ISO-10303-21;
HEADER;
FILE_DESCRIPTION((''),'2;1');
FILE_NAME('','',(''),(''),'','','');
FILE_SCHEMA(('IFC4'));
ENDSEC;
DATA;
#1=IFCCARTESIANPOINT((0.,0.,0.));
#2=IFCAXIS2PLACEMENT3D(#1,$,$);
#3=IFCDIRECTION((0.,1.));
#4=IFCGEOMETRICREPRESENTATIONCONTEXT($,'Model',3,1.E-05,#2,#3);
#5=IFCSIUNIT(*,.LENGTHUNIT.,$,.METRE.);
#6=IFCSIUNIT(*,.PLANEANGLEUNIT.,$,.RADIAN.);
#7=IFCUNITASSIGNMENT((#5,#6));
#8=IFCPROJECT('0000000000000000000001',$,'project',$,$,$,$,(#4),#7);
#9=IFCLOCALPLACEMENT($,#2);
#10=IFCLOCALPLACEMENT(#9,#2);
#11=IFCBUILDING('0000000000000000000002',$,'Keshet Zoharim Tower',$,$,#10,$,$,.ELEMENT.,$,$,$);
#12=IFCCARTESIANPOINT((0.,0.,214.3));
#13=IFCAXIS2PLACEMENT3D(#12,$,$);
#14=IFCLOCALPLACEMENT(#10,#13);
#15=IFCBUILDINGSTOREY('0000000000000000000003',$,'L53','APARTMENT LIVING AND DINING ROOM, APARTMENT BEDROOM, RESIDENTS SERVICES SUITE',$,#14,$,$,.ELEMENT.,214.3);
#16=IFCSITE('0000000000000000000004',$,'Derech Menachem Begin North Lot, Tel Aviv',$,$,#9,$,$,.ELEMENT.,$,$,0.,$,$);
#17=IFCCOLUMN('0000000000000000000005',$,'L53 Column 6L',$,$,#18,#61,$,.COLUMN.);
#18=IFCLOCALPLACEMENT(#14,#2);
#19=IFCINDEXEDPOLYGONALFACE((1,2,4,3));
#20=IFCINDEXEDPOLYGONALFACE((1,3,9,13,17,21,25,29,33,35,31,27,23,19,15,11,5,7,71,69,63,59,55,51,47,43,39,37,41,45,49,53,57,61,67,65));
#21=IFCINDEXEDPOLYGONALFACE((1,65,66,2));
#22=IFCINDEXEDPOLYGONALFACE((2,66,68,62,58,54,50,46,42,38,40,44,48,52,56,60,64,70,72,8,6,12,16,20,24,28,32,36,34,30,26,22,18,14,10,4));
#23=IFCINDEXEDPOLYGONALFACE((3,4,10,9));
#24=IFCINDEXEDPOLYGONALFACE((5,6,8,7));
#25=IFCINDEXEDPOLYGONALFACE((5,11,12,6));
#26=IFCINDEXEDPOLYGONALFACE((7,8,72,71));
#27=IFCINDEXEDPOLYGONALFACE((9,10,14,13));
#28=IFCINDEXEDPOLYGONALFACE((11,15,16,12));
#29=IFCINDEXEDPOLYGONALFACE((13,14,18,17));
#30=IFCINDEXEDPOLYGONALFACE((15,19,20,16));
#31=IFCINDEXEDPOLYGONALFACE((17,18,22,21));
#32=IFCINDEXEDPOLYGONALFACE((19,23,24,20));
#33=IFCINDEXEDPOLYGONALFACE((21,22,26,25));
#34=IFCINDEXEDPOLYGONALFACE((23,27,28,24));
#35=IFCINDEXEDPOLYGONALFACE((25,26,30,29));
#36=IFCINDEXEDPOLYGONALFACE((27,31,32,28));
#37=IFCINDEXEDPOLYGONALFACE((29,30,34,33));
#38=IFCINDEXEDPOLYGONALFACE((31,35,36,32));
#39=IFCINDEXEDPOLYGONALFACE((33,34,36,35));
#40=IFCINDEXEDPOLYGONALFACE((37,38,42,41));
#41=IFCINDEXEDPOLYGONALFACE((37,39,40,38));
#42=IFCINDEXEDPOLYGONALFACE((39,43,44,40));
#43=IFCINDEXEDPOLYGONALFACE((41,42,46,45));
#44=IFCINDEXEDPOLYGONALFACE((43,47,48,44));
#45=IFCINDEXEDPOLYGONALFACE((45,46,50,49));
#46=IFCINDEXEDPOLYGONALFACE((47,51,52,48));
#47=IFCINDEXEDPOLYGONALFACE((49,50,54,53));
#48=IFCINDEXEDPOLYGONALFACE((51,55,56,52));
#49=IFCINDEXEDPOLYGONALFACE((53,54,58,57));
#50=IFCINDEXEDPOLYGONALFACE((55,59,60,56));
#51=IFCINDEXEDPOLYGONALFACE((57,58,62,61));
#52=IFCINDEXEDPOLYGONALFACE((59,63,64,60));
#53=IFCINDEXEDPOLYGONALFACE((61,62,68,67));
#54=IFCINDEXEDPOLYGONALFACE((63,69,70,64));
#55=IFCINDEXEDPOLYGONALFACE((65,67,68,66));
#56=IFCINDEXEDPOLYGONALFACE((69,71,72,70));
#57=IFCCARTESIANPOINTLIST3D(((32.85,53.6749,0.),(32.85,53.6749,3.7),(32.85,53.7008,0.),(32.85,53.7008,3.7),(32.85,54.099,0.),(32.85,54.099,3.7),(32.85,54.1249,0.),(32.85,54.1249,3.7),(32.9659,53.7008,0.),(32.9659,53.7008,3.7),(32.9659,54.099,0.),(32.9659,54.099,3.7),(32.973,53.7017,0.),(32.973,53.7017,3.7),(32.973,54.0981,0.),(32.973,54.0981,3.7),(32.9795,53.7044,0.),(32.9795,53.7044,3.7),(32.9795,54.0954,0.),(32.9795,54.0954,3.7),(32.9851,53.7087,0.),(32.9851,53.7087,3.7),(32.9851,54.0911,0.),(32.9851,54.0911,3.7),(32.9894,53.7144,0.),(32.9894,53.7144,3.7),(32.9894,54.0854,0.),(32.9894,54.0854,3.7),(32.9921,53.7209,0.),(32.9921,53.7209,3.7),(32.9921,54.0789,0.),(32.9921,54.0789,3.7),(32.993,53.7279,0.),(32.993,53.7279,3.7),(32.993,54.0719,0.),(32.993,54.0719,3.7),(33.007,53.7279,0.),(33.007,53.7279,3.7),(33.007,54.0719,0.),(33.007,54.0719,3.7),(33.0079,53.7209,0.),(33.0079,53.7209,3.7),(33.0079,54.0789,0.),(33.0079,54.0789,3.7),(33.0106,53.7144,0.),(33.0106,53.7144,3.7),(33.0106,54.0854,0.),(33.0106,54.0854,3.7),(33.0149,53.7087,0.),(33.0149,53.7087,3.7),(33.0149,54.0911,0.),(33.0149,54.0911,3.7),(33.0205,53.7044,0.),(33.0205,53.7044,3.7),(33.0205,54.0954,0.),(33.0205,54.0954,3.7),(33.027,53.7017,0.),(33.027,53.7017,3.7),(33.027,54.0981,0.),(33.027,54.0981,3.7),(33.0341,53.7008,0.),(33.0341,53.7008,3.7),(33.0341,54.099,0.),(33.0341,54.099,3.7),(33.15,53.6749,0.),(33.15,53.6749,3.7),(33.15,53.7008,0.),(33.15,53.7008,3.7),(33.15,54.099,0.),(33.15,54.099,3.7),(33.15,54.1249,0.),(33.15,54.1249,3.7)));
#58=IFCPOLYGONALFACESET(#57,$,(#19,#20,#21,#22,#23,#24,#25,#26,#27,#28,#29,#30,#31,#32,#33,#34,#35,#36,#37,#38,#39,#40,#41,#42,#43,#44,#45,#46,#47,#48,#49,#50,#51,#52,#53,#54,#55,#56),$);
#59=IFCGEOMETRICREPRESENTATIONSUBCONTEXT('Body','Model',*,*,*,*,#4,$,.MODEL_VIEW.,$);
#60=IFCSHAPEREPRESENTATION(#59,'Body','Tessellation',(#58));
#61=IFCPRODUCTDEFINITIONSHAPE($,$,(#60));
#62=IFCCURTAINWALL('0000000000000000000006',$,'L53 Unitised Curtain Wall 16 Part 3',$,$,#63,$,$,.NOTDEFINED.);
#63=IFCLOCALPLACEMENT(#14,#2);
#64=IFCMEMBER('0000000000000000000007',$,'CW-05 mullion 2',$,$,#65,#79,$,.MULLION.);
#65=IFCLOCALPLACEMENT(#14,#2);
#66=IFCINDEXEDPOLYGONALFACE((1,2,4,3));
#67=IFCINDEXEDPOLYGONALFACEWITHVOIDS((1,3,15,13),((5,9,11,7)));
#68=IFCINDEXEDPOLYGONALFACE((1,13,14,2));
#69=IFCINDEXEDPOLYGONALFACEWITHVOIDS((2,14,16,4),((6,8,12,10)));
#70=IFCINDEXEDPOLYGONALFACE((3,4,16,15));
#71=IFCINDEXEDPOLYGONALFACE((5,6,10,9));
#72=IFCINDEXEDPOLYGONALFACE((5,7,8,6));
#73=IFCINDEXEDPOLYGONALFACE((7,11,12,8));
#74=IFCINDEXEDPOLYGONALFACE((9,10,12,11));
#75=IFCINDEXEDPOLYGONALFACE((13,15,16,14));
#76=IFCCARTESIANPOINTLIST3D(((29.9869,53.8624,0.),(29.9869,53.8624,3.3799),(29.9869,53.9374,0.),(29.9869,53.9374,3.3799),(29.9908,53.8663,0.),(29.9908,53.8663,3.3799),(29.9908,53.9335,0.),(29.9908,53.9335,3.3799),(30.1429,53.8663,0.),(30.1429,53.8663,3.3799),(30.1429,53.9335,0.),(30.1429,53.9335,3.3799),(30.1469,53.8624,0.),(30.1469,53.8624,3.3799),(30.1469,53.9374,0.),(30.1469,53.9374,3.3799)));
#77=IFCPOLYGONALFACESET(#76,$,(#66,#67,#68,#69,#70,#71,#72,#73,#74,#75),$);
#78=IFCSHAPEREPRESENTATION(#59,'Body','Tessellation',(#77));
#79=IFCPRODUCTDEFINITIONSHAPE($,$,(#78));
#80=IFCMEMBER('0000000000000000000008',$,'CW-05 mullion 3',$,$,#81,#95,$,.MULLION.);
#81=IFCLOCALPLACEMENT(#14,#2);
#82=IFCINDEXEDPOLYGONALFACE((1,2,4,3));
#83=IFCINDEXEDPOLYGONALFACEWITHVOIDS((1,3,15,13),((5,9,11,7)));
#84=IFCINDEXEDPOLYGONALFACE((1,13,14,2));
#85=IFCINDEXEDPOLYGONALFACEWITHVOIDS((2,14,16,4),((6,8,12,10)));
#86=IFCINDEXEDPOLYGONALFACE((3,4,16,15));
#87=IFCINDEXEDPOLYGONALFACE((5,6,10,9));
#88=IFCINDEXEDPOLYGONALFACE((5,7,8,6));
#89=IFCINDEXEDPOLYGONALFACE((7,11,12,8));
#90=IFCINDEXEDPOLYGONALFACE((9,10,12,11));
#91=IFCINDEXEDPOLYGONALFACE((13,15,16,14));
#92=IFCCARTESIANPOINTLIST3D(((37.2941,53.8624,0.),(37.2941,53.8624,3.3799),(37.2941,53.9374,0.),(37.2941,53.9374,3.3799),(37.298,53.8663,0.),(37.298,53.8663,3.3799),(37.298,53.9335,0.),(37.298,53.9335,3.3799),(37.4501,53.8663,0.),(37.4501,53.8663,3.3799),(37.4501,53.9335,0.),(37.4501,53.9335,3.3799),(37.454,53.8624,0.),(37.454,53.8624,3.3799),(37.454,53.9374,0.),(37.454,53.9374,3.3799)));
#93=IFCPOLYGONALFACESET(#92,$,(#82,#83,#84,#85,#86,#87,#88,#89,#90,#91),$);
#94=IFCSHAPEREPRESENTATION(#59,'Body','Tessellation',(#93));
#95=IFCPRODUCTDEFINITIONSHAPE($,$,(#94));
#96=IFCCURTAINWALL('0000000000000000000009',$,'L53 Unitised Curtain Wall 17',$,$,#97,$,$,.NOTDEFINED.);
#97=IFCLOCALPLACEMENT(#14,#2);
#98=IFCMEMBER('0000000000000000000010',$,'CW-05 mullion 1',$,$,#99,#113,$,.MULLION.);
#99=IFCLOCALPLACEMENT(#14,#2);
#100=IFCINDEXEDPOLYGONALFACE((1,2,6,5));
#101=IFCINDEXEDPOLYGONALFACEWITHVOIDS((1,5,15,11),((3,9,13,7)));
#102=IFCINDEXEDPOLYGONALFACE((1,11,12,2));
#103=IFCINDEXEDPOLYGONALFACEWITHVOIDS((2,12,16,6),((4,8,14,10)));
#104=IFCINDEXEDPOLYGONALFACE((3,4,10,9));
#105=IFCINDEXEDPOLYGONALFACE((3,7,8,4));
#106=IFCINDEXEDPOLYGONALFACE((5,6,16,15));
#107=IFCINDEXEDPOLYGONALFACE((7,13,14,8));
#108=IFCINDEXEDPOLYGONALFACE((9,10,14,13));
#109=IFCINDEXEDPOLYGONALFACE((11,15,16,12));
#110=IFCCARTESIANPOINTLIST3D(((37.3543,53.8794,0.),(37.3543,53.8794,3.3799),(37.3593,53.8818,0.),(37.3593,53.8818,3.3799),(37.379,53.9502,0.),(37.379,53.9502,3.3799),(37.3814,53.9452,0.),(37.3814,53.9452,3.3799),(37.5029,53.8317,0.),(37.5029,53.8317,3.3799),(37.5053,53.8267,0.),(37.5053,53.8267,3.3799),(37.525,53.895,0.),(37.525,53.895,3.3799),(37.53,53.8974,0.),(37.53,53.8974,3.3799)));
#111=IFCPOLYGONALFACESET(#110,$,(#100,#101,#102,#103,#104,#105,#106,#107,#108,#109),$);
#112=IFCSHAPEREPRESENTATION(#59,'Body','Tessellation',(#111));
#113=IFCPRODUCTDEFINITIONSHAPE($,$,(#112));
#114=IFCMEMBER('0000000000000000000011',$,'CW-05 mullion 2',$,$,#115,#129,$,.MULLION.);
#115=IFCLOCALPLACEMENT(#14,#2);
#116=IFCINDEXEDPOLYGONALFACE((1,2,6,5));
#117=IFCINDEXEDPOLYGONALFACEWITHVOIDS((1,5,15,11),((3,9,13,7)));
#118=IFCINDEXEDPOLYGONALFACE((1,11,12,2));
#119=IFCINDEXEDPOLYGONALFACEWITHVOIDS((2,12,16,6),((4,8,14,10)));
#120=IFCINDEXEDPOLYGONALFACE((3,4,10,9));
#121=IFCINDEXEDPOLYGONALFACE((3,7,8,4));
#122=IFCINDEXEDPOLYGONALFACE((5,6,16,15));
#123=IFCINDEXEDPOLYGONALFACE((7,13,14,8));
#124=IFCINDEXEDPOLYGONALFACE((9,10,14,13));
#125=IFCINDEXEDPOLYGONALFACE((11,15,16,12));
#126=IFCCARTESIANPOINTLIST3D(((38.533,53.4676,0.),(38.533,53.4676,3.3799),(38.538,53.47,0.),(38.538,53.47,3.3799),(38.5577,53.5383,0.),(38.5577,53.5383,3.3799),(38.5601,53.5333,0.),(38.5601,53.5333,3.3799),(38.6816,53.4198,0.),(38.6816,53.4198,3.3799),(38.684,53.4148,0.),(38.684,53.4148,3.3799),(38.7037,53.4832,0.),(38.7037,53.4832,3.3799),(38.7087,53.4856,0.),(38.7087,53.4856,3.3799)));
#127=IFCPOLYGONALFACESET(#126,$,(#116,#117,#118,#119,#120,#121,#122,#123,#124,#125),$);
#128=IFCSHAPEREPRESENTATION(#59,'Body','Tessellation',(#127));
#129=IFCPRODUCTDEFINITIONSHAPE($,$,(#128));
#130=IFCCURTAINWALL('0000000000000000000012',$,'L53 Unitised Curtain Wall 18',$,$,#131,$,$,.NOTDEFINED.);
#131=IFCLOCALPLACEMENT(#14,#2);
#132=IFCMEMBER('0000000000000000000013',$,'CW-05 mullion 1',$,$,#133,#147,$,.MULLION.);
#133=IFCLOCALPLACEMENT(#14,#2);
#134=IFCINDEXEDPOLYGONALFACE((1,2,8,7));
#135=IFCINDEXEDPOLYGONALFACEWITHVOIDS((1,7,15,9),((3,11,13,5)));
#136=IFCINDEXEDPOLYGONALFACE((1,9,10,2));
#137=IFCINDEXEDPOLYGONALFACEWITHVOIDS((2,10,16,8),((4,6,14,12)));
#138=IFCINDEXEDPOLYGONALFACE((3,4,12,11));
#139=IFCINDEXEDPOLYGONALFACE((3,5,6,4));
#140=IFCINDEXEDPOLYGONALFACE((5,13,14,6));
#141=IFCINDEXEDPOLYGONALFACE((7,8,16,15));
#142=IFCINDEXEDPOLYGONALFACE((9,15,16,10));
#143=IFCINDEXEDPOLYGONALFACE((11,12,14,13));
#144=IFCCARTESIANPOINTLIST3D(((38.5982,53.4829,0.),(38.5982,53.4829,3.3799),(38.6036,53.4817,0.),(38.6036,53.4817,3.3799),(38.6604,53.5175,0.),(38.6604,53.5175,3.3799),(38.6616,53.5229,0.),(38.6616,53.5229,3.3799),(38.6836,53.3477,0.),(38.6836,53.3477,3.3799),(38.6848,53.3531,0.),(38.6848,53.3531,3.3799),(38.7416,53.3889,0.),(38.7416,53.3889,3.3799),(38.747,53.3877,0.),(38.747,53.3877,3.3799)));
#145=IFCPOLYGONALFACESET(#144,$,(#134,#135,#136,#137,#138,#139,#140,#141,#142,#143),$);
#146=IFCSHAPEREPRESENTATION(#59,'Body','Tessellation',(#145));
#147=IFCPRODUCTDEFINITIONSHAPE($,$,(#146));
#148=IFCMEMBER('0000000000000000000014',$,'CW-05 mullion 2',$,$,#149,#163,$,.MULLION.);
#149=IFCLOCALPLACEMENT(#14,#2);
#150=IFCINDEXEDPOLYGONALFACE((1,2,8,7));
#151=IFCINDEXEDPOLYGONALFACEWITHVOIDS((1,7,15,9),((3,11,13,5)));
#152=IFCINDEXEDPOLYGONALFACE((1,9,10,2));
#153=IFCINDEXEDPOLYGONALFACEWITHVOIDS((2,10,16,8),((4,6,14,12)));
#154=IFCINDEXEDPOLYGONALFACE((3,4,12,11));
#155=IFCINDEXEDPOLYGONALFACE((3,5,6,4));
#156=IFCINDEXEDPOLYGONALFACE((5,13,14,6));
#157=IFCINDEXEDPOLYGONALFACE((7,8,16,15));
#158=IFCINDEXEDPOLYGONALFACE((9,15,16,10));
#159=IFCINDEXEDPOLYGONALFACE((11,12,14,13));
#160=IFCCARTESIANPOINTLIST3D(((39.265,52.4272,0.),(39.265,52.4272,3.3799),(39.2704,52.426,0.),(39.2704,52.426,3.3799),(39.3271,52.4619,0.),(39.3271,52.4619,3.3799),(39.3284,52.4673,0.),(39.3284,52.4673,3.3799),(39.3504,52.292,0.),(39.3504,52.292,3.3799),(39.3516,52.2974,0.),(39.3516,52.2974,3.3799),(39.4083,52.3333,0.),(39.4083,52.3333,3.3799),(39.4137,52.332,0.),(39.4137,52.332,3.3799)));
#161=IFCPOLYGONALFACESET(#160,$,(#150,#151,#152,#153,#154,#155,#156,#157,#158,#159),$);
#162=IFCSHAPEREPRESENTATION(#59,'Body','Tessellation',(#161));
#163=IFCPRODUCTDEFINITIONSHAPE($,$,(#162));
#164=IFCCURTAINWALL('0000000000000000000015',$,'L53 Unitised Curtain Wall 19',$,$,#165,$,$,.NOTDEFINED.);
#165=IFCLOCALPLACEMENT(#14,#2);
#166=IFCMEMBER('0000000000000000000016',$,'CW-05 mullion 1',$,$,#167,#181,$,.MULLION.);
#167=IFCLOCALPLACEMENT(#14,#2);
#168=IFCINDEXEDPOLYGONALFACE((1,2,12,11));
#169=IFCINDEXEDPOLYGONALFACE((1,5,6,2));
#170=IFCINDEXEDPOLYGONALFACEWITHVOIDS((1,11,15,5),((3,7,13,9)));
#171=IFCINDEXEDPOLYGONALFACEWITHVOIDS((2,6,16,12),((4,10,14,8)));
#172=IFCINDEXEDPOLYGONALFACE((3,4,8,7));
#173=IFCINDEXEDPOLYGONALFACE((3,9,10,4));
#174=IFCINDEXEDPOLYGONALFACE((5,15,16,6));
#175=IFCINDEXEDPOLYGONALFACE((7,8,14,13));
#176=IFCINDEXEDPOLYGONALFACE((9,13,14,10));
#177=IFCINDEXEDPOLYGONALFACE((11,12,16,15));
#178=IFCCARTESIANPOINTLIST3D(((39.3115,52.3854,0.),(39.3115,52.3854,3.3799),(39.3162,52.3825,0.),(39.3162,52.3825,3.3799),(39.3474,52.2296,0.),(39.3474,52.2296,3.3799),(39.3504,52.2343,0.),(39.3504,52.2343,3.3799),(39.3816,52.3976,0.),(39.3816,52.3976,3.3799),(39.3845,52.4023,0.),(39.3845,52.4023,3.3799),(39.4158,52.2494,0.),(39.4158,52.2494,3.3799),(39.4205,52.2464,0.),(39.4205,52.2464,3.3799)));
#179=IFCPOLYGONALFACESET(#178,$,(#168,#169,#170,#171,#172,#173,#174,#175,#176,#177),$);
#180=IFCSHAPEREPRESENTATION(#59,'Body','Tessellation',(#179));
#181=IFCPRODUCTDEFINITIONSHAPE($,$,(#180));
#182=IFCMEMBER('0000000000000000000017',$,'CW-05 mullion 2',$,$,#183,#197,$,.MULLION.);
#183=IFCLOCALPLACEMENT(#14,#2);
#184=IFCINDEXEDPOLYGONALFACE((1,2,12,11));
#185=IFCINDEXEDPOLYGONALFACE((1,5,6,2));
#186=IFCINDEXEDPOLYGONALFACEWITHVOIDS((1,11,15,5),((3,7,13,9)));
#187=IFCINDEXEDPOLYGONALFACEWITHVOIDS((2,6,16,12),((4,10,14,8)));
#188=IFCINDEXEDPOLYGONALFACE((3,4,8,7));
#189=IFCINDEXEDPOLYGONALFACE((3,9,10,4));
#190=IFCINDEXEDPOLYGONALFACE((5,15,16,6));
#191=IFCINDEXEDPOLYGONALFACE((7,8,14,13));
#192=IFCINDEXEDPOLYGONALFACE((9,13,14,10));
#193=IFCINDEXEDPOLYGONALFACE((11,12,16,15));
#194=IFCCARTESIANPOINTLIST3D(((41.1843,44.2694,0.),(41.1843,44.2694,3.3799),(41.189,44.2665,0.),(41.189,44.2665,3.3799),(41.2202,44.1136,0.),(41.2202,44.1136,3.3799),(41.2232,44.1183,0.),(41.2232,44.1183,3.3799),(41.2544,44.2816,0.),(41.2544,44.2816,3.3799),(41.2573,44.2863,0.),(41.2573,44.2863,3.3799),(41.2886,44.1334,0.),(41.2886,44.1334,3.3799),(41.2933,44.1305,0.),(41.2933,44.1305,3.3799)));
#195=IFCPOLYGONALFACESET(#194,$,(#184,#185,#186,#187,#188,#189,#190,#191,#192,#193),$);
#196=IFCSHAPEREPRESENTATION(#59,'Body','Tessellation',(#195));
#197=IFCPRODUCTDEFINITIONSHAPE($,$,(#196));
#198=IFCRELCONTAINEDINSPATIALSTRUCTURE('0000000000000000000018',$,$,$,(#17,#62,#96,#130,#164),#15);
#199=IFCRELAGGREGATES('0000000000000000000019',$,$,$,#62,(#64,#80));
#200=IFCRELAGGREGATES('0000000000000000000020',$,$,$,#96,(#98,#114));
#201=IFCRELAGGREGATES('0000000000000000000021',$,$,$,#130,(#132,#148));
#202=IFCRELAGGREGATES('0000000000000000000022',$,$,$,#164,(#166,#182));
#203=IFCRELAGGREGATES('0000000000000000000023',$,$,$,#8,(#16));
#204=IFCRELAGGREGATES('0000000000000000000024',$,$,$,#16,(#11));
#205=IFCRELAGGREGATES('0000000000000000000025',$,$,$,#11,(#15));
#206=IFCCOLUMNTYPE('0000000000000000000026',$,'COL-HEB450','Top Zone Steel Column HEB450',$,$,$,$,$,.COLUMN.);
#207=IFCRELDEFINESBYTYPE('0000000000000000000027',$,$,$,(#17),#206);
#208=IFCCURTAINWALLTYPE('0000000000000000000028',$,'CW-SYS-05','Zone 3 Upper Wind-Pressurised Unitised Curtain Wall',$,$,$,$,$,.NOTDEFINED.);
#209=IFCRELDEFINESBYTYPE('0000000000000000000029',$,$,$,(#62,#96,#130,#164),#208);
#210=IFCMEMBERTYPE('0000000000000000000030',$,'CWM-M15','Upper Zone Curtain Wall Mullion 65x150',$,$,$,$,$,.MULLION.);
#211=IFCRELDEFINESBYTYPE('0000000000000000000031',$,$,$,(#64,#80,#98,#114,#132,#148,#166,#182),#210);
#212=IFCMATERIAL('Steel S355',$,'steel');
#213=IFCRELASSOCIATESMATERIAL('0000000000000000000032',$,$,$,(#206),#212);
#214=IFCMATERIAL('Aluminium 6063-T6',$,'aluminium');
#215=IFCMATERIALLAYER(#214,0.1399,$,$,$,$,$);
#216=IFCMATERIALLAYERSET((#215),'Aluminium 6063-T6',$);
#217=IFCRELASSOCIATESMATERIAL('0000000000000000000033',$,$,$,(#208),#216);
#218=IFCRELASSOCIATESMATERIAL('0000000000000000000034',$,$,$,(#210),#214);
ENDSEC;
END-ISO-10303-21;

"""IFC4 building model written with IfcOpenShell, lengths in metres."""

from ifc_helpers import new_model, si_unit, direction, frame, origin, origin_2d, place, context, subcontext, project, spatial, hollow_rectangle, i_section, extrude, material, layer, layer_set, material_profile, profile_set, type_object, element, aggregate, save


model = new_model("IFC4")

# Units and contexts
model_context = context("Model", 3, precision=1e-05, world=origin(), true_north=direction((0.0, 1.0)))
body_context = subcontext(model_context, "Body", "Model", "MODEL_VIEW")
ifc_project = project(units=[si_unit("LENGTHUNIT", "METRE"), si_unit("PLANEANGLEUNIT", "RADIAN")], contexts=[model_context])

# Site, building, storey
site_placement = place(None, origin())
site = spatial("IfcSite", under=ifc_project, at=site_placement, Name="Derech Menachem Begin North Lot, Tel Aviv", CompositionType="ELEMENT", RefElevation=0.0)
building_placement = place(site_placement, origin())
building = spatial("IfcBuilding", under=site, at=building_placement, Name="Keshet Zoharim Tower", CompositionType="ELEMENT")
storey_placement = place(building_placement, frame((0.0, 0.0, 214.3)))
storey = spatial("IfcBuildingStorey", under=building, at=storey_placement, Name="L53", Description="APARTMENT LIVING AND DINING ROOM, APARTMENT BEDROOM, RESIDENTS SERVICES SUITE", CompositionType="ELEMENT", Elevation=214.3)

# Column
ifc_material_1 = material(Name="Steel S355", Category="steel")
ifc_material_profile_1 = material_profile(ifc_material_1, i_section(OverallWidth=0.3, OverallDepth=0.45, WebThickness=0.0139, FlangeThickness=0.0259, FilletRadius=0.0271, at=origin_2d()), Name="HEB450")
ifc_profile_set_1 = profile_set([ifc_material_profile_1], Name="Steel S355")
column_type = type_object("IfcColumnType", Name="COL-HEB450", Description="Top Zone Steel Column HEB450", PredefinedType="COLUMN", material=ifc_profile_set_1)
column_placement = place(storey_placement, frame((33.0, 53.8999, 0.0), z_axis=(0.0, 0.0, 1.0), x_axis=(1.0, 0.0, 0.0)))
element("IfcColumn", 1, at=column_placement, inside=storey, type_object=column_type, Name="L53 Column 6L", PredefinedType="COLUMN", context=body_context, shape_type="SweptSolid", body=[
    extrude(i_section(OverallWidth=0.3, OverallDepth=0.45, WebThickness=0.0139, FlangeThickness=0.0259, FilletRadius=0.0271, at=origin_2d()), origin(), (0.0, 0.0, 1.0), 3.7),
])

# Curtain walls, members
ifc_material_2 = material(Name="Aluminium 6063-T6", Category="aluminium")
ifc_layer_1 = layer(ifc_material_2, 0.1399)
ifc_layer_set_1 = layer_set([ifc_layer_1], Name="Aluminium 6063-T6")
curtain_wall_type = type_object("IfcCurtainWallType", Name="CW-SYS-05", Description="Zone 3 Upper Wind-Pressurised Unitised Curtain Wall", PredefinedType="NOTDEFINED", material=ifc_layer_set_1)
curtain_wall_1_placement = place(storey_placement, origin())
curtain_wall_1 = element("IfcCurtainWall", 2, at=curtain_wall_1_placement, inside=storey, type_object=curtain_wall_type, Name="L53 Unitised Curtain Wall 16 Part 3", PredefinedType="NOTDEFINED")
ifc_material_profile_2 = material_profile(ifc_material_2, hollow_rectangle(XDim=0.075, YDim=0.1599, WallThickness=0.0039, at=origin_2d()), Name="MUL-75x160")
ifc_profile_set_2 = profile_set([ifc_material_profile_2], Name="Aluminium 6063-T6")
member_type_1 = type_object("IfcMemberType", Name="CWM-M15", Description="Upper Zone Curtain Wall Mullion 65x150", PredefinedType="MULLION", material=ifc_profile_set_2)
member_1_placement = place(storey_placement, frame((30.0669, 53.8999, 0.0), z_axis=(0.0, 0.0, 1.0), x_axis=(0.0, 1.0, 0.0)))
member_1 = element("IfcMember", 3, at=member_1_placement, type_object=member_type_1, Name="CW-05 mullion 2", PredefinedType="MULLION", context=body_context, shape_type="SweptSolid", body=[
    extrude(hollow_rectangle(XDim=0.075, YDim=0.1599, WallThickness=0.0039, at=origin_2d()), origin(), (0.0, 0.0, 1.0), 3.3799),
])
member_2_placement = place(storey_placement, frame((37.374, 53.8999, 0.0), z_axis=(0.0, 0.0, 1.0), x_axis=(0.0, 1.0, 0.0)))
member_2 = element("IfcMember", 4, at=member_2_placement, type_object=member_type_1, Name="CW-05 mullion 3", PredefinedType="MULLION", context=body_context, shape_type="SweptSolid", body=[
    extrude(hollow_rectangle(XDim=0.075, YDim=0.1599, WallThickness=0.0039, at=origin_2d()), origin(), (0.0, 0.0, 1.0), 3.3799),
])
curtain_wall_2_placement = place(storey_placement, origin())
curtain_wall_2 = element("IfcCurtainWall", 5, at=curtain_wall_2_placement, inside=storey, type_object=curtain_wall_type, Name="L53 Unitised Curtain Wall 17", PredefinedType="NOTDEFINED")
member_3_placement = place(storey_placement, frame((37.4421, 53.8884, 0.0), z_axis=(0.0, 0.0, 1.0), x_axis=(0.329844, 0.944036, 0.0)))
member_3 = element("IfcMember", 6, at=member_3_placement, type_object=member_type_1, Name="CW-05 mullion 1", PredefinedType="MULLION", context=body_context, shape_type="SweptSolid", body=[
    extrude(hollow_rectangle(XDim=0.075, YDim=0.1599, WallThickness=0.0039, at=origin_2d()), origin(), (0.0, 0.0, 1.0), 3.3799),
])
member_4_placement = place(storey_placement, frame((38.6208, 53.4766, 0.0), z_axis=(0.0, 0.0, 1.0), x_axis=(0.329844, 0.944036, 0.0)))
member_4 = element("IfcMember", 7, at=member_4_placement, type_object=member_type_1, Name="CW-05 mullion 2", PredefinedType="MULLION", context=body_context, shape_type="SweptSolid", body=[
    extrude(hollow_rectangle(XDim=0.075, YDim=0.1599, WallThickness=0.0039, at=origin_2d()), origin(), (0.0, 0.0, 1.0), 3.3799),
])
curtain_wall_3_placement = place(storey_placement, origin())
curtain_wall_3 = element("IfcCurtainWall", 8, at=curtain_wall_3_placement, inside=storey, type_object=curtain_wall_type, Name="L53 Unitised Curtain Wall 18", PredefinedType="NOTDEFINED")
member_5_placement = place(storey_placement, frame((38.6726, 53.4353, 0.0), z_axis=(0.0, 0.0, 1.0), x_axis=(0.845561, 0.533879, 0.0)))
member_5 = element("IfcMember", 9, at=member_5_placement, type_object=member_type_1, Name="CW-05 mullion 1", PredefinedType="MULLION", context=body_context, shape_type="SweptSolid", body=[
    extrude(hollow_rectangle(XDim=0.075, YDim=0.1599, WallThickness=0.0039, at=origin_2d()), origin(), (0.0, 0.0, 1.0), 3.3799),
])
member_6_placement = place(storey_placement, frame((39.3394, 52.3796, 0.0), z_axis=(0.0, 0.0, 1.0), x_axis=(0.845561, 0.533879, 0.0)))
member_6 = element("IfcMember", 10, at=member_6_placement, type_object=member_type_1, Name="CW-05 mullion 2", PredefinedType="MULLION", context=body_context, shape_type="SweptSolid", body=[
    extrude(hollow_rectangle(XDim=0.075, YDim=0.1599, WallThickness=0.0039, at=origin_2d()), origin(), (0.0, 0.0, 1.0), 3.3799),
])
curtain_wall_4_placement = place(storey_placement, origin())
curtain_wall_4 = element("IfcCurtainWall", 11, at=curtain_wall_4_placement, inside=storey, type_object=curtain_wall_type, Name="L53 Unitised Curtain Wall 19", PredefinedType="NOTDEFINED")
member_7_placement = place(storey_placement, frame((39.366, 52.3159, 0.0), z_axis=(0.0, 0.0, 1.0), x_axis=(0.974394, 0.224848, 0.0)))
member_7 = element("IfcMember", 12, at=member_7_placement, type_object=member_type_1, Name="CW-05 mullion 1", PredefinedType="MULLION", context=body_context, shape_type="SweptSolid", body=[
    extrude(hollow_rectangle(XDim=0.075, YDim=0.1599, WallThickness=0.0039, at=origin_2d()), origin(), (0.0, 0.0, 1.0), 3.3799),
])
member_8_placement = place(storey_placement, frame((41.2388, 44.2, 0.0), z_axis=(0.0, 0.0, 1.0), x_axis=(0.974394, 0.224848, 0.0)))
member_8 = element("IfcMember", 13, at=member_8_placement, type_object=member_type_1, Name="CW-05 mullion 2", PredefinedType="MULLION", context=body_context, shape_type="SweptSolid", body=[
    extrude(hollow_rectangle(XDim=0.075, YDim=0.1599, WallThickness=0.0039, at=origin_2d()), origin(), (0.0, 0.0, 1.0), 3.3799),
])

aggregate(curtain_wall_1, [member_1, member_2])
aggregate(curtain_wall_2, [member_3, member_4])
aggregate(curtain_wall_3, [member_5, member_6])
aggregate(curtain_wall_4, [member_7, member_8])

save(model, "model.ifc")
